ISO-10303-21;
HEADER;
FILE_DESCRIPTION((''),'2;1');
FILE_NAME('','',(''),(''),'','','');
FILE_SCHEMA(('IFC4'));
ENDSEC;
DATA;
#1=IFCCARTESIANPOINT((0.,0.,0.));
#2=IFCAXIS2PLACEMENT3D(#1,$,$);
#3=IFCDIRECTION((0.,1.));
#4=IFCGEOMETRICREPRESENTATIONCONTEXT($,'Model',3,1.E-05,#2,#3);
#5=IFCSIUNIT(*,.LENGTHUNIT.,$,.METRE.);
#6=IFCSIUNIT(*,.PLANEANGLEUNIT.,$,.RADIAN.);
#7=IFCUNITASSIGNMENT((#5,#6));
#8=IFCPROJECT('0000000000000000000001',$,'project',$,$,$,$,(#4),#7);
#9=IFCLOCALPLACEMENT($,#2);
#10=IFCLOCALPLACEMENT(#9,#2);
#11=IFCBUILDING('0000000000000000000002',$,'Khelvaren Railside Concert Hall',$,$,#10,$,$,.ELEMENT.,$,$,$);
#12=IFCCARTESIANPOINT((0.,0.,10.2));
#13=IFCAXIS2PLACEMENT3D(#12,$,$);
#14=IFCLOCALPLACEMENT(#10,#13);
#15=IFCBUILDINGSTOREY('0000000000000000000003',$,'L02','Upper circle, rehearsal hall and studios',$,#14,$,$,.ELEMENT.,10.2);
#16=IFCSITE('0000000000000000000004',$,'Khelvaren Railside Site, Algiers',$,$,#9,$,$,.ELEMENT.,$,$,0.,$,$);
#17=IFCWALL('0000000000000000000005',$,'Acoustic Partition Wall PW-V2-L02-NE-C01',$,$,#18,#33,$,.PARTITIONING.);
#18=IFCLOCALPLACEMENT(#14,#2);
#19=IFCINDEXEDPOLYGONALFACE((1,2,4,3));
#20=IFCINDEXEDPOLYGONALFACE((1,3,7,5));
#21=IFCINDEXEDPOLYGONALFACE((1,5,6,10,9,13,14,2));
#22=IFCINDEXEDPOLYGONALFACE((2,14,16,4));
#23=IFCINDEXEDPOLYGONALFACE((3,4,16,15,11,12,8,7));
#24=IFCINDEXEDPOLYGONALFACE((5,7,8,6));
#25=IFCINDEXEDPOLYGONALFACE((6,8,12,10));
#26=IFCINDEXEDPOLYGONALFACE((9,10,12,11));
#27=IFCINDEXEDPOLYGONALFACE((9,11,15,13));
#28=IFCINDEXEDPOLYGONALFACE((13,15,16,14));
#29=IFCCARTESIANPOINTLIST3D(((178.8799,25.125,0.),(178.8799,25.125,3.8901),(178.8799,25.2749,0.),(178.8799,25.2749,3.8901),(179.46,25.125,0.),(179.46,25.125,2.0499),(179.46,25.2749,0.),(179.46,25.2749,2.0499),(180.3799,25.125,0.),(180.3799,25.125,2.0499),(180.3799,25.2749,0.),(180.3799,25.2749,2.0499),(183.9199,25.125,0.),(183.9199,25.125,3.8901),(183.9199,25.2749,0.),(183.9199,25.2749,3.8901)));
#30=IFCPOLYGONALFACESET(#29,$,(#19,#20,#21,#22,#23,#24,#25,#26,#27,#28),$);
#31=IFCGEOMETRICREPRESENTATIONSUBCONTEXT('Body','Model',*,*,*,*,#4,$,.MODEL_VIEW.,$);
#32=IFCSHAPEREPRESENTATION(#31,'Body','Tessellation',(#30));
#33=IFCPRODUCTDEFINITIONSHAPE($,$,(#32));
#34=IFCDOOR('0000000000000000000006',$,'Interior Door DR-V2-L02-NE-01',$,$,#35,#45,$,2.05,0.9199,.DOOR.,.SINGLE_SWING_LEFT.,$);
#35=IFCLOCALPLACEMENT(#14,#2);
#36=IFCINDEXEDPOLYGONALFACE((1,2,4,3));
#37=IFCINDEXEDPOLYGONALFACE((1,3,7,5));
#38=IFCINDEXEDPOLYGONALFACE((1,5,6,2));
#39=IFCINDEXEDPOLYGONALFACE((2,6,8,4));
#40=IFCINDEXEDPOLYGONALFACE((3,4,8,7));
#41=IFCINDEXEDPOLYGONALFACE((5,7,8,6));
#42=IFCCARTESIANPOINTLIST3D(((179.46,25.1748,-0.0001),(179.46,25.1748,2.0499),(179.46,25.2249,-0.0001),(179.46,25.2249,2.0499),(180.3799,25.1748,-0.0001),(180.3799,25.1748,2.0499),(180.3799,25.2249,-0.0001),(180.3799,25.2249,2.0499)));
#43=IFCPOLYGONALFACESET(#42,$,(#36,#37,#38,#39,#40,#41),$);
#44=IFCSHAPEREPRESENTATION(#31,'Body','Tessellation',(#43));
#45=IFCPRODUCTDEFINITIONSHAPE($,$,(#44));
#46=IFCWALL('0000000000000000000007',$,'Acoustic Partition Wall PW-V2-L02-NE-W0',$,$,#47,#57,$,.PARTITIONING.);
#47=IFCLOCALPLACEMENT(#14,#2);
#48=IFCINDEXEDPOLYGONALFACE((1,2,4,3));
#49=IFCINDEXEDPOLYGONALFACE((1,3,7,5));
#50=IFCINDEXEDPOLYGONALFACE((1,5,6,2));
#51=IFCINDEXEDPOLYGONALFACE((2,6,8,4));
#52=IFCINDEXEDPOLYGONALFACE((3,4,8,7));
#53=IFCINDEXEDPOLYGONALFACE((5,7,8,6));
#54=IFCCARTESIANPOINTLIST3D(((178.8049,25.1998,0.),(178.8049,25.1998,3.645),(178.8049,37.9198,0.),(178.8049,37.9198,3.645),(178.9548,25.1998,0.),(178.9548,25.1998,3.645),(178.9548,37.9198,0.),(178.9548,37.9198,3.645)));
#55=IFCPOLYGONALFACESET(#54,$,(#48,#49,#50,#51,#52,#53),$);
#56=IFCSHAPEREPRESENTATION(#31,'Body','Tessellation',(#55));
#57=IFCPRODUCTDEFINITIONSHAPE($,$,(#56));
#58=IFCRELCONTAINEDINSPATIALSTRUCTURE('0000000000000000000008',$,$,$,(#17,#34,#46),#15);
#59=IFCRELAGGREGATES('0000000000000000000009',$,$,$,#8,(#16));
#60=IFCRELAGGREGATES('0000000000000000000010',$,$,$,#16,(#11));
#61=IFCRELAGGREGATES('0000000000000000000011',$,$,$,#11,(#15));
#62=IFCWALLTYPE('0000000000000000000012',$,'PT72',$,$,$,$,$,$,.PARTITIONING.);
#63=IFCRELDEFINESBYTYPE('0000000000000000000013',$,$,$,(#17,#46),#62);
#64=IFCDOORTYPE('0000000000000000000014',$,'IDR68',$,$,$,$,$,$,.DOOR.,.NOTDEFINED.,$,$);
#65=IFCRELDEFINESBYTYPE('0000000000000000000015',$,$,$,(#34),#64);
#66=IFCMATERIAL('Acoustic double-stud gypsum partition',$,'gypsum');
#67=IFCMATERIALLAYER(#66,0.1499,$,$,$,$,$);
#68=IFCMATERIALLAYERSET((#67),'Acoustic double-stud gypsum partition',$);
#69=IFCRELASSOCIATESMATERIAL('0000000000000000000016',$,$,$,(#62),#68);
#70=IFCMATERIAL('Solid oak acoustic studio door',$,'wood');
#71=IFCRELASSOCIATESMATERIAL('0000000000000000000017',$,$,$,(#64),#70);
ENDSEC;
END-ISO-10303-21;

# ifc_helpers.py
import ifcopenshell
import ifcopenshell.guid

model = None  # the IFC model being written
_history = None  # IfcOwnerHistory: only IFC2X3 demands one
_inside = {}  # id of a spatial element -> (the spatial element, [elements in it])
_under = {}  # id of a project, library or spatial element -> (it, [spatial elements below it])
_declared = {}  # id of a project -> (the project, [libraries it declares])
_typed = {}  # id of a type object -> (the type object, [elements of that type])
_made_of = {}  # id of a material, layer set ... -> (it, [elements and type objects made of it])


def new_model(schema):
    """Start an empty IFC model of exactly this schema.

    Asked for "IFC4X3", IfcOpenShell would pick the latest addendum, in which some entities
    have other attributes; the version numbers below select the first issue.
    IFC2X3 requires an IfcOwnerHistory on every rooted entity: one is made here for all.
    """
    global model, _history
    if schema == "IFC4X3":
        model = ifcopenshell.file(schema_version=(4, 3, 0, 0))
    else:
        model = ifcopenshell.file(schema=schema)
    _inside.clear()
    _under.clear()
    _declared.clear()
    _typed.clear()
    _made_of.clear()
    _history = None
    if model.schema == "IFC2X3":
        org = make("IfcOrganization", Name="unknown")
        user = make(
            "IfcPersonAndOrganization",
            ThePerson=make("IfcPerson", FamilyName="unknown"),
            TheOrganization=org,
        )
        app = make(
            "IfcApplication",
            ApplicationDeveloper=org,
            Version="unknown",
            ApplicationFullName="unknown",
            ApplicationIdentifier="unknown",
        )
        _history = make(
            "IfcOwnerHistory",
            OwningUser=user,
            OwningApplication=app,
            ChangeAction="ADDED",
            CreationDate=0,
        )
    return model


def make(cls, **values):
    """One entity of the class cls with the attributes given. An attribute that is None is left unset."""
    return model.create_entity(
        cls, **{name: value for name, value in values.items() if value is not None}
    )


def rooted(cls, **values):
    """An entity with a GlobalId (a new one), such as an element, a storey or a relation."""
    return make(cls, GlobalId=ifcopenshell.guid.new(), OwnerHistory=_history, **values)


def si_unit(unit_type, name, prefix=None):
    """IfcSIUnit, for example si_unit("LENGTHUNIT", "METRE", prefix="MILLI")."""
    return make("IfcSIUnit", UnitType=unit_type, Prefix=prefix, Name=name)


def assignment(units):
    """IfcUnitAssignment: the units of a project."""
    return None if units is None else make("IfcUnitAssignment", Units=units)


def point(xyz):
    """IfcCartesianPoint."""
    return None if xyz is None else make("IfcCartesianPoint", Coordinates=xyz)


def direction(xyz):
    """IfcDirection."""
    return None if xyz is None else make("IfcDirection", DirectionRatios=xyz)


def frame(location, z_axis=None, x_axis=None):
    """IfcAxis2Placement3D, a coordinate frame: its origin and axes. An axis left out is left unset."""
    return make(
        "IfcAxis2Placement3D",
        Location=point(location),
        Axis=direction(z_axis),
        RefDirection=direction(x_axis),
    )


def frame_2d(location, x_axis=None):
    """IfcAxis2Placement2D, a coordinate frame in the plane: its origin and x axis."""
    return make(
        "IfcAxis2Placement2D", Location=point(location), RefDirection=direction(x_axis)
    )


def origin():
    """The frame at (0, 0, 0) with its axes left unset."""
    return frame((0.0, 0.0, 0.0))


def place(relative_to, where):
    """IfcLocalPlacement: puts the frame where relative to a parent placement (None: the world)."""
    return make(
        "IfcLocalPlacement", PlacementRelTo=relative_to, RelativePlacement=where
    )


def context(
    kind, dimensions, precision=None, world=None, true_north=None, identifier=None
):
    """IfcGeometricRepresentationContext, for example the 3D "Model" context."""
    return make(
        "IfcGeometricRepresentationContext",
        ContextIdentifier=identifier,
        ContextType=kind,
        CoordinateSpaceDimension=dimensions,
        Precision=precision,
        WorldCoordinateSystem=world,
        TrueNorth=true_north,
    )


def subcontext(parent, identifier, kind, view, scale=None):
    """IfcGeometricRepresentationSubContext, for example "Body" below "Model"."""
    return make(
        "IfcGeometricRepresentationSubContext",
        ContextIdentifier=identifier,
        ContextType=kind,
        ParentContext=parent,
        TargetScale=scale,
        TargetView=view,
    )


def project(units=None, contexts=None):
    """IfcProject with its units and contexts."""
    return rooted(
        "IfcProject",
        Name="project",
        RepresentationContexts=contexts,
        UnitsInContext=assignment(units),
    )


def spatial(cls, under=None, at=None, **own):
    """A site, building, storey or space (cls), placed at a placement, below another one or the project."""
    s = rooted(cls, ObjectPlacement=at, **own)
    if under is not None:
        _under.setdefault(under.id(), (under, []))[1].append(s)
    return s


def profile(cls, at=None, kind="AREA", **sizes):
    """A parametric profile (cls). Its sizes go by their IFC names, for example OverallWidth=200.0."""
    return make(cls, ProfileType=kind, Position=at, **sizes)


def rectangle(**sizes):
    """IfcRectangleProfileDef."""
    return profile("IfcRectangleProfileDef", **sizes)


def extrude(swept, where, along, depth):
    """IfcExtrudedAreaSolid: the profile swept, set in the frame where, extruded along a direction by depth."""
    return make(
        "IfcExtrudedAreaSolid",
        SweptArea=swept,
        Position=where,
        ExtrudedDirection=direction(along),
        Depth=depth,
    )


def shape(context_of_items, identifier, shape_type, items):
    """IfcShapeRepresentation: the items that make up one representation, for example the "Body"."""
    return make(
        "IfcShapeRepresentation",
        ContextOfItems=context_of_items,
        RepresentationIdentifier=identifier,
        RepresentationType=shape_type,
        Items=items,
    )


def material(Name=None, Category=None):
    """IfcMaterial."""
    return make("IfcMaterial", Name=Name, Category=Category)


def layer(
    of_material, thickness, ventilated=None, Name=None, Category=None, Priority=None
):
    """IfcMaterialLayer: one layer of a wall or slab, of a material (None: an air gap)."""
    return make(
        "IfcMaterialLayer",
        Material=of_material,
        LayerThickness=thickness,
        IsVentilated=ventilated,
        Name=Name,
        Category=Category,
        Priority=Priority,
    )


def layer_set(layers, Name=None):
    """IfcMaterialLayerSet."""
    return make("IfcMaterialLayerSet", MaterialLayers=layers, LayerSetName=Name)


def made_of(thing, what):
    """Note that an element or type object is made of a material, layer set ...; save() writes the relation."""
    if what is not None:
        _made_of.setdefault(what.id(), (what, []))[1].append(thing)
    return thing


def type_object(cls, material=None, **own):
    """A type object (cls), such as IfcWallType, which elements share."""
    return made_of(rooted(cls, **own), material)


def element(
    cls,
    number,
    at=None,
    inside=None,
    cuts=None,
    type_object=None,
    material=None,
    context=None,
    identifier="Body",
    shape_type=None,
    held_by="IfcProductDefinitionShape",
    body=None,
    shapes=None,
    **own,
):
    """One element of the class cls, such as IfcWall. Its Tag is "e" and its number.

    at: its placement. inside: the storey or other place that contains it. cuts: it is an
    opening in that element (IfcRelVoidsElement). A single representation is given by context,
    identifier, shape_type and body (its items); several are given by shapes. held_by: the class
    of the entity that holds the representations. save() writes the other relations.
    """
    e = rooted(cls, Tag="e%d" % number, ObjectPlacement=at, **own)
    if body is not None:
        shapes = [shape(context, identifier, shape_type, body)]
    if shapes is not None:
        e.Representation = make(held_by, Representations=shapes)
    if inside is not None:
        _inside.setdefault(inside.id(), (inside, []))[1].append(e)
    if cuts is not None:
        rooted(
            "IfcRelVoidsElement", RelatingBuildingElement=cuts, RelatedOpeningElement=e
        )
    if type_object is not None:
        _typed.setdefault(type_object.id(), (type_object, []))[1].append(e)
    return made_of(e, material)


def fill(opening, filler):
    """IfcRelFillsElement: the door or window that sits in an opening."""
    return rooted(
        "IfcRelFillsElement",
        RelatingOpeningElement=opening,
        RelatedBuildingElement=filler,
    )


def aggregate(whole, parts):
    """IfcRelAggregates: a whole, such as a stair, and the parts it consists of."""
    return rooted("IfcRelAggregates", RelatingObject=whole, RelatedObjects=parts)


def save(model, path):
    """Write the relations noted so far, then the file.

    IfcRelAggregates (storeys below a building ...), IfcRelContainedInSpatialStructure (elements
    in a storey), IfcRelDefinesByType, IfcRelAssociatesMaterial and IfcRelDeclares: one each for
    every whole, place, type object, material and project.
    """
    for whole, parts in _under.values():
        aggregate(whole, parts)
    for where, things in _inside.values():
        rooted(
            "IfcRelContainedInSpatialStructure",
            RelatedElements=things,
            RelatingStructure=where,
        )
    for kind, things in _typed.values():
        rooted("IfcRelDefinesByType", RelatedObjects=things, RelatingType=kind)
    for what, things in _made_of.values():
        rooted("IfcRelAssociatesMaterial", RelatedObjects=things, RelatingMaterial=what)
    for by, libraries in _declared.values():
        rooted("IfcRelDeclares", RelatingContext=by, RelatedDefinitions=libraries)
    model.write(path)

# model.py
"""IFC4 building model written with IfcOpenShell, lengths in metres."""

from ifc_helpers import new_model, si_unit, direction, frame, frame_2d, origin, place, context, subcontext, project, spatial, rectangle, extrude, material, layer, layer_set, type_object, element, fill, save


model = new_model("IFC4")

# Units and contexts
model_context = context("Model", 3, precision=1e-05, world=origin(), true_north=direction((0.0, 1.0)))
body_context = subcontext(model_context, "Body", "Model", "MODEL_VIEW")
ifc_project = project(units=[si_unit("LENGTHUNIT", "METRE"), si_unit("PLANEANGLEUNIT", "RADIAN")], contexts=[model_context])

# Site, building, storey
site_placement = place(None, origin())
site = spatial("IfcSite", under=ifc_project, at=site_placement, Name="Khelvaren Railside Site, Algiers", CompositionType="ELEMENT", RefElevation=0.0)
building_placement = place(site_placement, origin())
building = spatial("IfcBuilding", under=site, at=building_placement, Name="Khelvaren Railside Concert Hall", CompositionType="ELEMENT")
storey_placement = place(building_placement, frame((0.0, 0.0, 10.2)))
storey = spatial("IfcBuildingStorey", under=building, at=storey_placement, Name="L02", Description="Upper circle, rehearsal hall and studios", CompositionType="ELEMENT", Elevation=10.2)

# Wall, opening, door
ifc_material_1 = material(Name="Acoustic double-stud gypsum partition", Category="gypsum")
ifc_layer_1 = layer(ifc_material_1, 0.1499)
ifc_layer_set_1 = layer_set([ifc_layer_1], Name="Acoustic double-stud gypsum partition")
wall_type = type_object("IfcWallType", Name="PT72", PredefinedType="PARTITIONING", material=ifc_layer_set_1)
wall_1_placement = place(storey_placement, frame((178.8799, 25.2, 0.0), z_axis=(0.0, 0.0, 1.0), x_axis=(1.0, 0.0, 0.0)))
wall_1 = element("IfcWall", 1, at=wall_1_placement, inside=storey, type_object=wall_type, Name="Acoustic Partition Wall PW-V2-L02-NE-C01", PredefinedType="PARTITIONING", context=body_context, shape_type="SweptSolid", body=[
    extrude(rectangle(XDim=5.04, YDim=0.1499, at=frame_2d((2.52, 0.0))), origin(), (0.0, 0.0, 1.0), 3.8901),
])
opening_placement = place(wall_1_placement, frame((0.5801, 0.0, 0.0)))
opening = element("IfcOpeningElement", 2, at=opening_placement, cuts=wall_1, PredefinedType="OPENING", context=body_context, shape_type="SweptSolid", body=[
    extrude(rectangle(XDim=0.9199, YDim=2.05, at=frame_2d((0.46, 1.0249))), frame((0.0, 0.085, 0.0), z_axis=(0.0, -1.0, 0.0), x_axis=(1.0, 0.0, 0.0)), (0.0, 0.0, 1.0), 0.1699),
])
ifc_material_2 = material(Name="Solid oak acoustic studio door", Category="wood")
door_type = type_object("IfcDoorType", Name="IDR68", OperationType="NOTDEFINED", PredefinedType="DOOR", material=ifc_material_2)
door_placement = place(opening_placement, origin())
door = element("IfcDoor", 3, at=door_placement, inside=storey, type_object=door_type, Name="Interior Door DR-V2-L02-NE-01", OperationType="SINGLE_SWING_LEFT", OverallHeight=2.05, OverallWidth=0.9199, PredefinedType="DOOR", context=body_context, shape_type="SweptSolid", body=[
    extrude(rectangle(XDim=0.9199, YDim=2.05, at=frame_2d((0.46, 1.0249))), frame((0.0, 0.0249, 0.0), z_axis=(0.0, -1.0, 0.0), x_axis=(1.0, 0.0, 0.0)), (0.0, 0.0, 1.0), 0.05),
])
fill(opening, door)

# Wall
wall_2_placement = place(storey_placement, frame((178.8799, 25.2, 0.0), z_axis=(0.0, 0.0, 1.0), x_axis=(0.0, 1.0, 0.0)))
element("IfcWall", 4, at=wall_2_placement, inside=storey, type_object=wall_type, Name="Acoustic Partition Wall PW-V2-L02-NE-W0", PredefinedType="PARTITIONING", context=body_context, shape_type="SweptSolid", body=[
    extrude(rectangle(XDim=12.72, YDim=0.1499, at=frame_2d((6.3599, 0.0))), origin(), (0.0, 0.0, 1.0), 3.645),
])

save(model, "model.ifc")
